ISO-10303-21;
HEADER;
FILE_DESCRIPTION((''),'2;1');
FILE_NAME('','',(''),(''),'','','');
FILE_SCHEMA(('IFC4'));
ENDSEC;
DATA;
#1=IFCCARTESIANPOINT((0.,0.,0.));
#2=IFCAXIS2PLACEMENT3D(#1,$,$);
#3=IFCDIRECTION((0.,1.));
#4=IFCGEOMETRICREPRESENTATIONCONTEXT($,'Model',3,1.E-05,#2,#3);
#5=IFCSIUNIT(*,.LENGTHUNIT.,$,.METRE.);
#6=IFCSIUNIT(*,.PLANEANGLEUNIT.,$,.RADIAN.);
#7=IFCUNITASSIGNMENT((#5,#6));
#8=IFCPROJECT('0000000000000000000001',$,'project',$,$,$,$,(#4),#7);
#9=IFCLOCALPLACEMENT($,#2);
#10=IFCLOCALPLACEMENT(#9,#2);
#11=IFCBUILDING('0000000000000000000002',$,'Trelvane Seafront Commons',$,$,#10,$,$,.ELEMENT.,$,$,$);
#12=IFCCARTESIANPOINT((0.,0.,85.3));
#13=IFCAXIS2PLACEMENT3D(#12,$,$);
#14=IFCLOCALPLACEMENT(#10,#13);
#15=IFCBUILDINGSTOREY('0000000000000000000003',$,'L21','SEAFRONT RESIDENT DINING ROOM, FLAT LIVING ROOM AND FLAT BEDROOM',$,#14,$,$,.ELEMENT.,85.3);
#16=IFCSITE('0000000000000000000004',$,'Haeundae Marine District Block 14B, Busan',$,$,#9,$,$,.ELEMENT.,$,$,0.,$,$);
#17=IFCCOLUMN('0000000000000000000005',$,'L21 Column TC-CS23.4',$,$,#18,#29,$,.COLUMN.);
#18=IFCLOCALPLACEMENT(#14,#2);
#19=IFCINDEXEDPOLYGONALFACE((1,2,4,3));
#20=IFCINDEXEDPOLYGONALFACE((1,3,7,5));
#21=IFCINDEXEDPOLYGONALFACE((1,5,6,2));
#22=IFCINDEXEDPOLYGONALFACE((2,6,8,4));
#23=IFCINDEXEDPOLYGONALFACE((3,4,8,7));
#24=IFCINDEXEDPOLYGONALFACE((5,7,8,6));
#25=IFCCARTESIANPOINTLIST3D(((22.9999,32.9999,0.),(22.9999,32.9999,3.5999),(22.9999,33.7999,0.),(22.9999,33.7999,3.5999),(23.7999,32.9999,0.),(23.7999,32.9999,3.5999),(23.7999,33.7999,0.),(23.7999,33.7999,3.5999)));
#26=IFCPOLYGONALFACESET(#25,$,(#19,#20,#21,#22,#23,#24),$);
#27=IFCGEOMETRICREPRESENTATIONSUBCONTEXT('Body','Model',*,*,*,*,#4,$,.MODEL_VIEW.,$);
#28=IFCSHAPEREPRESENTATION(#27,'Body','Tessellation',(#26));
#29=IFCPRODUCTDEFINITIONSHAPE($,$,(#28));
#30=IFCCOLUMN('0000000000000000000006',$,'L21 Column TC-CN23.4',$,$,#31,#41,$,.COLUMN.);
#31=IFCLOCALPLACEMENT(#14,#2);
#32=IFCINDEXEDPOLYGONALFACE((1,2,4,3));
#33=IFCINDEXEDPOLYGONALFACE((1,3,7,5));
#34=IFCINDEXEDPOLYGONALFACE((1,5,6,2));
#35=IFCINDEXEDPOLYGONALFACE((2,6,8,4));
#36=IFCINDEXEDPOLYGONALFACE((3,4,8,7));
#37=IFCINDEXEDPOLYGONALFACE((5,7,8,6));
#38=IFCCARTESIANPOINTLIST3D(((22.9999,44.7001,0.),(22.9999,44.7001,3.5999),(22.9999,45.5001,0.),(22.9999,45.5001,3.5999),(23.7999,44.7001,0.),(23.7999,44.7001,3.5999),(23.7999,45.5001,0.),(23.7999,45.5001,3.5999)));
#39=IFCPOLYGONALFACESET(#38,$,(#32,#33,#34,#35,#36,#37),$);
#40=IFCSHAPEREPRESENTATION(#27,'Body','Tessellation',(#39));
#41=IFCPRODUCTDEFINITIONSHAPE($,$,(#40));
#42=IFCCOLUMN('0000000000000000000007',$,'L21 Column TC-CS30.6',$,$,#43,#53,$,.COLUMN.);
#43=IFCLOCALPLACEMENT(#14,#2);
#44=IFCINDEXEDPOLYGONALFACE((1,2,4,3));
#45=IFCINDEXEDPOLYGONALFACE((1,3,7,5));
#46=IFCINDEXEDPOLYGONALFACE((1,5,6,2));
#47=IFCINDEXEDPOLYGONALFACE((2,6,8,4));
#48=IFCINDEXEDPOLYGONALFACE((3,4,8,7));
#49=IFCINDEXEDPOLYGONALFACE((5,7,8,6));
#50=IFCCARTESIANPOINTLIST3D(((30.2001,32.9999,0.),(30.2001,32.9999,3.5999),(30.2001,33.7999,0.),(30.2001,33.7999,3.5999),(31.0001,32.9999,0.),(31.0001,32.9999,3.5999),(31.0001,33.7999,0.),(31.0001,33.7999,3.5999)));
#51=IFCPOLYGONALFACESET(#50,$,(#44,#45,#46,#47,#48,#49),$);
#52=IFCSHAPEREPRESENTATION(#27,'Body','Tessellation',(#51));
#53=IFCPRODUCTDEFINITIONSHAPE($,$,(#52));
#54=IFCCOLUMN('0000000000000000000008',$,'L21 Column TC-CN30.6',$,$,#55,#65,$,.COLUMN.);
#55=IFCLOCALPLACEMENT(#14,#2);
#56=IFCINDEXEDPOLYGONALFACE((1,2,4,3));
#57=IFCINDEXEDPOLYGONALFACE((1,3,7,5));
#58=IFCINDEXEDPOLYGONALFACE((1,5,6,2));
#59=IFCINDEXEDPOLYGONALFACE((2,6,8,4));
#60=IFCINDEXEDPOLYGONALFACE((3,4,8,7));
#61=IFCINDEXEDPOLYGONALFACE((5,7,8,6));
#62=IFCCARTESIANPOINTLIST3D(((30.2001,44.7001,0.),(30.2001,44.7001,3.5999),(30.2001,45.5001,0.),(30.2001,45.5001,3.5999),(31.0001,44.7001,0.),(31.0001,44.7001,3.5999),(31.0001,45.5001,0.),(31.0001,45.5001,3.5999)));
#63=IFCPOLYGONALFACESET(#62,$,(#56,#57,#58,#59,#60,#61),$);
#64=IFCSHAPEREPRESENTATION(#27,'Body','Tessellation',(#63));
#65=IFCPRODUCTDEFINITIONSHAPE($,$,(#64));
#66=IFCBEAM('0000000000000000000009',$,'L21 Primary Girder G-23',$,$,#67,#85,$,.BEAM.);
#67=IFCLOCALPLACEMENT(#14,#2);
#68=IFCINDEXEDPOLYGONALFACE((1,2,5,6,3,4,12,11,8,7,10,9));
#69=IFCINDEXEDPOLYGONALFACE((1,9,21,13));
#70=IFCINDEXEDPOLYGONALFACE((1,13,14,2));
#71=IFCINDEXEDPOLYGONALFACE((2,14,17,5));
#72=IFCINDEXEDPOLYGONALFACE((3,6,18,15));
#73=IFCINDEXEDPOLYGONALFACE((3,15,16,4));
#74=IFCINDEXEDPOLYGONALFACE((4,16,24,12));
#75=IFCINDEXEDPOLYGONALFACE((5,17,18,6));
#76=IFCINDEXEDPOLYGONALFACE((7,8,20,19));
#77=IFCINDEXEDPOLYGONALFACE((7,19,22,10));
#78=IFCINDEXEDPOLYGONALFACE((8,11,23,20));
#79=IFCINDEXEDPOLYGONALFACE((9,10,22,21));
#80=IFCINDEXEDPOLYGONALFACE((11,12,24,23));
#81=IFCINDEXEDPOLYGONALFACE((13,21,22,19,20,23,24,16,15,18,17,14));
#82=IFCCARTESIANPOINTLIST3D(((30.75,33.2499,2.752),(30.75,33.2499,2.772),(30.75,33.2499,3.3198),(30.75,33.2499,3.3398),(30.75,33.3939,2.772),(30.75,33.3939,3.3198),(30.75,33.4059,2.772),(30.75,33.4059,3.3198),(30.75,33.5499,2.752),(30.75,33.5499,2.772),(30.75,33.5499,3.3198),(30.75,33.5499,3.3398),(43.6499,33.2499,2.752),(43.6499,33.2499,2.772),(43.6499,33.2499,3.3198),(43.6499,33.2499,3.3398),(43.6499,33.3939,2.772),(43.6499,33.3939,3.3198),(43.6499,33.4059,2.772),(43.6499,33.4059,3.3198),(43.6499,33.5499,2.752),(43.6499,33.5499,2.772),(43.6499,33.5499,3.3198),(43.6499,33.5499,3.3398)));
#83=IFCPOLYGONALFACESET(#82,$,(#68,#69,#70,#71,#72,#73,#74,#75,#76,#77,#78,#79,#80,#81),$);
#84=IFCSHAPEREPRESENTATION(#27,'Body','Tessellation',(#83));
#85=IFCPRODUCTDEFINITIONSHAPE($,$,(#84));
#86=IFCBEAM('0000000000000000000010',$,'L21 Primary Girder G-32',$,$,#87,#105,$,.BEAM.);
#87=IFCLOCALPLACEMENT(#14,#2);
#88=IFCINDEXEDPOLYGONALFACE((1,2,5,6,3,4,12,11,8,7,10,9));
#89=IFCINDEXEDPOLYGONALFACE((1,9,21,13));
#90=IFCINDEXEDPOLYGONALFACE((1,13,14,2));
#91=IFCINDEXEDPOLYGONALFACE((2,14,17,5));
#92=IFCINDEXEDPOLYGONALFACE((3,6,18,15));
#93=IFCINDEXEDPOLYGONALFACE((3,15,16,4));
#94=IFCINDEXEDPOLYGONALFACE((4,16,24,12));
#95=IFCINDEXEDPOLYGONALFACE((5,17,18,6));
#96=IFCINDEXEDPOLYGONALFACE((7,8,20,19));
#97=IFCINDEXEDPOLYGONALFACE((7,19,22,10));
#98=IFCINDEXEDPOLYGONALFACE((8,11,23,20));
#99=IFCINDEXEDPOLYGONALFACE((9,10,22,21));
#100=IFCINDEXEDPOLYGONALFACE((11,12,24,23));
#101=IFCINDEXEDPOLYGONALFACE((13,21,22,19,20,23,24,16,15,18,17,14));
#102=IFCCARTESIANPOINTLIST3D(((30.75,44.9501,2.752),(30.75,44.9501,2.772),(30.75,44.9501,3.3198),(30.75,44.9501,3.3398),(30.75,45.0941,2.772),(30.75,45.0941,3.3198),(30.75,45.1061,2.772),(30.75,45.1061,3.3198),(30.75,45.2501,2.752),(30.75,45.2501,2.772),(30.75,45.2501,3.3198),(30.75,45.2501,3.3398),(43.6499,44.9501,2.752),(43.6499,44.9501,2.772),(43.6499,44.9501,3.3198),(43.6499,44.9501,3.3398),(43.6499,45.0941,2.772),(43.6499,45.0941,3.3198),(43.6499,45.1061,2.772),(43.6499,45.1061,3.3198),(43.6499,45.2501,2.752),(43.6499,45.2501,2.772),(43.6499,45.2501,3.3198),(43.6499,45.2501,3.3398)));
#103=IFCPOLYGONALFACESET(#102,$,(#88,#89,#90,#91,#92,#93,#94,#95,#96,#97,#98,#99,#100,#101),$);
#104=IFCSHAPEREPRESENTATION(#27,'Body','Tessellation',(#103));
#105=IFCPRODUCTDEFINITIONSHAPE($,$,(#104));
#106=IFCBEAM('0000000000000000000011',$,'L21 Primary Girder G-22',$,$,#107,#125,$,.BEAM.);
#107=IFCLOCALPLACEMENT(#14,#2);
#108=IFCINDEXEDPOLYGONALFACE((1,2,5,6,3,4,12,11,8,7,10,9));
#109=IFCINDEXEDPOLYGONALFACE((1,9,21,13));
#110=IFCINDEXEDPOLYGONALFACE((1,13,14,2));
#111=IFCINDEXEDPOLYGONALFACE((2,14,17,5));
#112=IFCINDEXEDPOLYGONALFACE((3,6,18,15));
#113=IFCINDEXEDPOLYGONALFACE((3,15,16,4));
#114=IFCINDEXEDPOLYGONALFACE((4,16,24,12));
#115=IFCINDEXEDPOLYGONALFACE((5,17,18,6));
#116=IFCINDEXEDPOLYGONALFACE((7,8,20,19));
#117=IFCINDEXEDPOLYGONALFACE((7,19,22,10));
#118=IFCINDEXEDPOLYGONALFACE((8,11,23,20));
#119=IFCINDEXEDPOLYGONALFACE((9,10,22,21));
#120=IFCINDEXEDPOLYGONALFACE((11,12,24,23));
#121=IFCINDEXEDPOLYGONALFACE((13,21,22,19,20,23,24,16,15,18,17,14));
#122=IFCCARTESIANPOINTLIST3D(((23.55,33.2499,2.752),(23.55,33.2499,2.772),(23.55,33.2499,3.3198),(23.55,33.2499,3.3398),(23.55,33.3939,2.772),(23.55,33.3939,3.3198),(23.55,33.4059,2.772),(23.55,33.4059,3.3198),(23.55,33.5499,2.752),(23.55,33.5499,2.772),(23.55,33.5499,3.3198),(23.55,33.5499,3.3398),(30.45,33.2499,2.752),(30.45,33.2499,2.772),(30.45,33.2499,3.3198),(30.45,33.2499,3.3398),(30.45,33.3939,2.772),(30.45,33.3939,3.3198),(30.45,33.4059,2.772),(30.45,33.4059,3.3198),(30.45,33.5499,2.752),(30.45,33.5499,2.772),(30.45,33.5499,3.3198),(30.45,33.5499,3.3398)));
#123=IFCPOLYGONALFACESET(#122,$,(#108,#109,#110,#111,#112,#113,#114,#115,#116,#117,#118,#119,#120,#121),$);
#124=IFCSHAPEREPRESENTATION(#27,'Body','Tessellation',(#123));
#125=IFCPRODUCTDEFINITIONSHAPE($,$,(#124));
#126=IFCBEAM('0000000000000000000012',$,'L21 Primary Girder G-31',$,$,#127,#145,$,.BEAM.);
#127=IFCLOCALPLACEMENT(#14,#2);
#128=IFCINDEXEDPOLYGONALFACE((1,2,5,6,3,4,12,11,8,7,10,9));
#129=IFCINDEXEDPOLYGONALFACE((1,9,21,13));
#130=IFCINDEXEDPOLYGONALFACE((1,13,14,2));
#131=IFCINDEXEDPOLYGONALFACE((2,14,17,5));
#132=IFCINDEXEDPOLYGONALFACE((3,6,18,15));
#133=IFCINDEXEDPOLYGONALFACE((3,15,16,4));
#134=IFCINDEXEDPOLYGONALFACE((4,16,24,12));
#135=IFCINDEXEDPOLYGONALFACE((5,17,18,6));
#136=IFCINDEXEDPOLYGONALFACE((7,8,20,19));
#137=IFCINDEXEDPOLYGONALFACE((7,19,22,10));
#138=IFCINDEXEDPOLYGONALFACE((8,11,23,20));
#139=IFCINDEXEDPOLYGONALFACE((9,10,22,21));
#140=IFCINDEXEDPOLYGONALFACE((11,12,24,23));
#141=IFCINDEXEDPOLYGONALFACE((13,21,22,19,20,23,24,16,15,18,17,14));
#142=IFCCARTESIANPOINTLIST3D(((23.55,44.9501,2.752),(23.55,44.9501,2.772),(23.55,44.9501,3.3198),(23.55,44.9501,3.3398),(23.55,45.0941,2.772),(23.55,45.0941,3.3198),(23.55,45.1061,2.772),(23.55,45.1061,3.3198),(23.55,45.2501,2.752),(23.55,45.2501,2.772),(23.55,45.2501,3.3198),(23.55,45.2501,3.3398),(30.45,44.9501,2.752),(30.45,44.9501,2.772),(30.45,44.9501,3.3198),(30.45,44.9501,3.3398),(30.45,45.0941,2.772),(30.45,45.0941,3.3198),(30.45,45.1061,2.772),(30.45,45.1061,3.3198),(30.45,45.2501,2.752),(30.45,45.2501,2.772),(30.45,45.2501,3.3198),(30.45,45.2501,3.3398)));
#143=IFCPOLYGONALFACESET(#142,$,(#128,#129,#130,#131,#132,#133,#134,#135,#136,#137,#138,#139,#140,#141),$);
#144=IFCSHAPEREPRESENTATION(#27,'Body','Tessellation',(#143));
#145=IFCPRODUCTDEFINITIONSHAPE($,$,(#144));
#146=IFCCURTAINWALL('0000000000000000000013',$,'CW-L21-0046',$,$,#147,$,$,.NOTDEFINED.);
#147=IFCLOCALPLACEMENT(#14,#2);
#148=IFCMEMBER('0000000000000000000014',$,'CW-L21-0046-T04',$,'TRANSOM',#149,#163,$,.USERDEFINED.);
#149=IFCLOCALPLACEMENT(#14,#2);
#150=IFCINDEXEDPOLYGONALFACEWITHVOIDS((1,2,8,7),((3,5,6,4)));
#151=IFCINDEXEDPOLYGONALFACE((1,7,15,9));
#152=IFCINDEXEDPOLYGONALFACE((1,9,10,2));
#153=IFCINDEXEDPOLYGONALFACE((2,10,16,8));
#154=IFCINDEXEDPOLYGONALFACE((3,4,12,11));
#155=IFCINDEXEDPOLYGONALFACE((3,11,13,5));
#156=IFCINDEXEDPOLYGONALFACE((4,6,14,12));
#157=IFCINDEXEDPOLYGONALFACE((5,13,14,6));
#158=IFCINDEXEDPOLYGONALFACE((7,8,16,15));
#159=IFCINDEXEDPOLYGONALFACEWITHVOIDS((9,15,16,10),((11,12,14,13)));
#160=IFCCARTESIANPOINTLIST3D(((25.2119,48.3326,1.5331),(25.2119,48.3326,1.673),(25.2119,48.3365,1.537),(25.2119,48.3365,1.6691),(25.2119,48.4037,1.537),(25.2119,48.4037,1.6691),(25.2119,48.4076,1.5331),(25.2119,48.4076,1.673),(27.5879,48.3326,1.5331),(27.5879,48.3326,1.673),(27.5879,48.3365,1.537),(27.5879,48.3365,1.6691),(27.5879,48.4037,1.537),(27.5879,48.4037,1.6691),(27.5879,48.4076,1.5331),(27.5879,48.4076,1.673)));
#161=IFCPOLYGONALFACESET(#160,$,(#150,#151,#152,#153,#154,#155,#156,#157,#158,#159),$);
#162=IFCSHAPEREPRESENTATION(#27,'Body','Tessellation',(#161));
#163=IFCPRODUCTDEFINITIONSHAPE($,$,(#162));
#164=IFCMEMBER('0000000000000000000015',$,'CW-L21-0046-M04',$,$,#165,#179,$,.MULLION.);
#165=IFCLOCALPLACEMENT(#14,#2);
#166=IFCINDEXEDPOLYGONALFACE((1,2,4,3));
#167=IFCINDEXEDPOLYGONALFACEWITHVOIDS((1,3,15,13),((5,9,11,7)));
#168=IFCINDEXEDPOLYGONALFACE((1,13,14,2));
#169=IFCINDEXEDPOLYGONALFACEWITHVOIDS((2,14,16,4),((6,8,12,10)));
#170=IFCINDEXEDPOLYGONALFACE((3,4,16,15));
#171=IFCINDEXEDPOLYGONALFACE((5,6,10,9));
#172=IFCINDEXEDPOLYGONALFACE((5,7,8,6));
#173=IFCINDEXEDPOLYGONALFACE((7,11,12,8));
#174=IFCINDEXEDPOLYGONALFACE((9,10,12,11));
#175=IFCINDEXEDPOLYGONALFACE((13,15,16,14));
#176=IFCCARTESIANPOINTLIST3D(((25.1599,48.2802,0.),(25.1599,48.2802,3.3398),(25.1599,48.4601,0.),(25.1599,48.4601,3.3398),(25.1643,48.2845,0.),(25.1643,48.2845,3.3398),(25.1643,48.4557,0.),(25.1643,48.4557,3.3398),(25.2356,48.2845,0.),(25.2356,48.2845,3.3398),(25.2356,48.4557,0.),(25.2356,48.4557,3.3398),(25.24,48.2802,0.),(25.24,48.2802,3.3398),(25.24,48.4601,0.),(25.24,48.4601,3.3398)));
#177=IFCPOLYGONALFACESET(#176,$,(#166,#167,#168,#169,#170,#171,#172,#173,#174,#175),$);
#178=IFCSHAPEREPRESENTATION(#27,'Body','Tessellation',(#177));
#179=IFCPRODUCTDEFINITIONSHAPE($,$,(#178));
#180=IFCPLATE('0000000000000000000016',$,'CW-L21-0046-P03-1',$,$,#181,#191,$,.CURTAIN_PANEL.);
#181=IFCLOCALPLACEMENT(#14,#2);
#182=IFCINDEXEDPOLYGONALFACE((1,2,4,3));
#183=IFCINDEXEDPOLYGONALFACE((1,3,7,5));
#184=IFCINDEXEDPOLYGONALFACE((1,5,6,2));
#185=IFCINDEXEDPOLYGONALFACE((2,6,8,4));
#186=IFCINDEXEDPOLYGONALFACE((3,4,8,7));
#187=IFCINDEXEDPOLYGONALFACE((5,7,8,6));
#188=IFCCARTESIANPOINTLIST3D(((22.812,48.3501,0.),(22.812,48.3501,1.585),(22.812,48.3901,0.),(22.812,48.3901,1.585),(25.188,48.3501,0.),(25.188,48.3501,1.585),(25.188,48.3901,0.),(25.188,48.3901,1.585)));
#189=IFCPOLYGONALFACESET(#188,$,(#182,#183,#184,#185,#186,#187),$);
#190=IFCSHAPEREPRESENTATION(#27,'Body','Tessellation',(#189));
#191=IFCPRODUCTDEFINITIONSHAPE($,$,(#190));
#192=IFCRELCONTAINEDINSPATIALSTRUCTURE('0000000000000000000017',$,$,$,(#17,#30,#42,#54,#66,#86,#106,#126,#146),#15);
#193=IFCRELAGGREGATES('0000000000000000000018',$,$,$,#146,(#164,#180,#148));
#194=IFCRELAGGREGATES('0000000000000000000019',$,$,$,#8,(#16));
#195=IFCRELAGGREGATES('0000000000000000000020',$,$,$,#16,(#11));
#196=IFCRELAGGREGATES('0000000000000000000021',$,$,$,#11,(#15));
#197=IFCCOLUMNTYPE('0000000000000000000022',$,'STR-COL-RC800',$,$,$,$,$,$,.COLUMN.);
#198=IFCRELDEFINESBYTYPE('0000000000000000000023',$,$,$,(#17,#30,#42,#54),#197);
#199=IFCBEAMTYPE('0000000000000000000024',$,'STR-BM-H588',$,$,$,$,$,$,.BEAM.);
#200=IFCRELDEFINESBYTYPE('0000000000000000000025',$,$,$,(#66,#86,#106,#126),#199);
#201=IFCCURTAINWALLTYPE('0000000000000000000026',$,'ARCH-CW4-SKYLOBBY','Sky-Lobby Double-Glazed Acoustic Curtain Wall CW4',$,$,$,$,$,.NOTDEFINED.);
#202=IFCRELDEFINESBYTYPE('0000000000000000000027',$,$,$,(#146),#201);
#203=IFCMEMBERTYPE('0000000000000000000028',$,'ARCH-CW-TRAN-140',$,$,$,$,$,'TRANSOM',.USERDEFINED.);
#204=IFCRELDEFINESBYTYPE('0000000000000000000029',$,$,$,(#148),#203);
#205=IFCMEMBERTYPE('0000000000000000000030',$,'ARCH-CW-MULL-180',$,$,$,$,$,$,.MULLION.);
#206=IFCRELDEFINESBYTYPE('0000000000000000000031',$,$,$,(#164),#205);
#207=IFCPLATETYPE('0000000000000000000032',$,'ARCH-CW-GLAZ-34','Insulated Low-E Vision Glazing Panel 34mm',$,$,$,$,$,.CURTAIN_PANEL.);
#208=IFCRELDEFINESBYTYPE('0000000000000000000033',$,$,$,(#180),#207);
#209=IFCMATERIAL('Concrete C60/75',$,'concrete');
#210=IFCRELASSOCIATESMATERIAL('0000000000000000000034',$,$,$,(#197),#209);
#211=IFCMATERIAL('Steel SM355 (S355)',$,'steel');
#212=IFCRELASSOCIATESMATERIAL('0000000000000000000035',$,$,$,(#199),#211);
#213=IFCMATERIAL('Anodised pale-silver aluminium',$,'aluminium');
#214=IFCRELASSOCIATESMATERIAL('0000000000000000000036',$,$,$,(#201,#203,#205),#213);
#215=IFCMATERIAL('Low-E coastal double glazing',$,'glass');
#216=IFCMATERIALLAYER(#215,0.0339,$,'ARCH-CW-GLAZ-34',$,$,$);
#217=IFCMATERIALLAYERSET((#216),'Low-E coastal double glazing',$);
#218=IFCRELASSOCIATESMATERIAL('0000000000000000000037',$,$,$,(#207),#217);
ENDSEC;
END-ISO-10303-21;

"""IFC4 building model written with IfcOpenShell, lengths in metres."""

from ifc_helpers import new_model, si_unit, direction, frame, origin, origin_2d, place, context, subcontext, project, spatial, rectangle, hollow_rectangle, i_section, extrude, source, transform, mapped, material, layer, layer_set, material_profile, profile_set, type_object, element, aggregate, save


model = new_model("IFC4")

# Units and contexts
model_context = context("Model", 3, precision=1e-05, world=origin(), true_north=direction((0.0, 1.0)))
body_context = subcontext(model_context, "Body", "Model", "MODEL_VIEW")
ifc_project = project(units=[si_unit("LENGTHUNIT", "METRE"), si_unit("PLANEANGLEUNIT", "RADIAN")], contexts=[model_context])

# Site, building, storey
site_placement = place(None, origin())
site = spatial("IfcSite", under=ifc_project, at=site_placement, Name="Haeundae Marine District Block 14B, Busan", CompositionType="ELEMENT", RefElevation=0.0)
building_placement = place(site_placement, origin())
building = spatial("IfcBuilding", under=site, at=building_placement, Name="Trelvane Seafront Commons", CompositionType="ELEMENT")
storey_placement = place(building_placement, frame((0.0, 0.0, 85.3)))
storey = spatial("IfcBuildingStorey", under=building, at=storey_placement, Name="L21", Description="SEAFRONT RESIDENT DINING ROOM, FLAT LIVING ROOM AND FLAT BEDROOM", CompositionType="ELEMENT", Elevation=85.3)

# Columns
ifc_material_1 = material(Name="Concrete C60/75", Category="concrete")
ifc_material_profile_1 = material_profile(ifc_material_1, rectangle(XDim=0.8, YDim=0.8, at=origin_2d()), Name="RC-800x800")
ifc_profile_set_1 = profile_set([ifc_material_profile_1], Name="Concrete C60/75")
column_type = type_object("IfcColumnType", Name="STR-COL-RC800", PredefinedType="COLUMN", material=ifc_profile_set_1)
shared_shape_1 = source(origin(), body_context, "Body", "SweptSolid", [
    extrude(rectangle(XDim=0.8, YDim=0.8, at=origin_2d()), origin(), (0.0, 0.0, 1.0), 3.5999),
])
for number, where, z_axis, x_axis, name in (
    (1, (23.3999, 33.3999, 0.0), (0.0, 0.0, 1.0), (1.0, 0.0, 0.0), "L21 Column TC-CS23.4"),
    (2, (23.3999, 45.1001, 0.0), (0.0, 0.0, 1.0), (1.0, 0.0, 0.0), "L21 Column TC-CN23.4"),
    (3, (30.6001, 33.3999, 0.0), (0.0, 0.0, 1.0), (1.0, 0.0, 0.0), "L21 Column TC-CS30.6"),
    (4, (30.6001, 45.1001, 0.0), (0.0, 0.0, 1.0), (1.0, 0.0, 0.0), "L21 Column TC-CN30.6"),
):
    element("IfcColumn", number, at=place(storey_placement, frame(where, z_axis=z_axis, x_axis=x_axis)), inside=storey, type_object=column_type, Name=name, PredefinedType="COLUMN", context=body_context, shape_type="MappedRepresentation", body=[
        mapped(shared_shape_1, transform((0.0, 0.0, 0.0), x_axis=(1.0, 0.0, 0.0), y_axis=(0.0, 1.0, 0.0), z_axis=(0.0, 0.0, 1.0), scale=1.0)),
    ])

# Beams
ifc_material_2 = material(Name="Steel SM355 (S355)", Category="steel")
ifc_material_profile_2 = material_profile(ifc_material_2, i_section(OverallWidth=0.3, OverallDepth=0.5879, WebThickness=0.012, FlangeThickness=0.02, at=origin_2d()), Name="H-588x300x12x20")
ifc_profile_set_2 = profile_set([ifc_material_profile_2], Name="Steel SM355 (S355)")
beam_type = type_object("IfcBeamType", Name="STR-BM-H588", PredefinedType="BEAM", material=ifc_profile_set_2)
shared_shape_2 = source(origin(), body_context, "Body", "SweptSolid", [
    extrude(i_section(OverallWidth=0.3, OverallDepth=0.5879, WebThickness=0.012, FlangeThickness=0.02, at=origin_2d()), origin(), (0.0, 0.0, 1.0), 12.8999),
])
for number, where, z_axis, x_axis, name in (
    (5, (30.75, 33.3999, 3.0459), (1.0, 0.0, 0.0), (0.0, 1.0, 0.0), "L21 Primary Girder G-23"),
    (6, (30.75, 45.1001, 3.0459), (1.0, 0.0, 0.0), (0.0, 1.0, 0.0), "L21 Primary Girder G-32"),
):
    element("IfcBeam", number, at=place(storey_placement, frame(where, z_axis=z_axis, x_axis=x_axis)), inside=storey, type_object=beam_type, Name=name, PredefinedType="BEAM", context=body_context, shape_type="MappedRepresentation", body=[
        mapped(shared_shape_2, transform((0.0, 0.0, 0.0), x_axis=(1.0, 0.0, 0.0), y_axis=(0.0, 1.0, 0.0), z_axis=(0.0, 0.0, 1.0), scale=1.0)),
    ])
shared_shape_3 = source(origin(), body_context, "Body", "SweptSolid", [
    extrude(i_section(OverallWidth=0.3, OverallDepth=0.5879, WebThickness=0.012, FlangeThickness=0.02, at=origin_2d()), origin(), (0.0, 0.0, 1.0), 6.8999),
])
for number, where, z_axis, x_axis, name in (
    (7, (23.55, 33.3999, 3.0459), (1.0, 0.0, 0.0), (0.0, 1.0, 0.0), "L21 Primary Girder G-22"),
    (8, (23.55, 45.1001, 3.0459), (1.0, 0.0, 0.0), (0.0, 1.0, 0.0), "L21 Primary Girder G-31"),
):
    element("IfcBeam", number, at=place(storey_placement, frame(where, z_axis=z_axis, x_axis=x_axis)), inside=storey, type_object=beam_type, Name=name, PredefinedType="BEAM", context=body_context, shape_type="MappedRepresentation", body=[
        mapped(shared_shape_3, transform((0.0, 0.0, 0.0), x_axis=(1.0, 0.0, 0.0), y_axis=(0.0, 1.0, 0.0), z_axis=(0.0, 0.0, 1.0), scale=1.0)),
    ])

# Curtain wall, members, plate
ifc_material_3 = material(Name="Anodised pale-silver aluminium", Category="aluminium")
curtain_wall_type = type_object("IfcCurtainWallType", Name="ARCH-CW4-SKYLOBBY", Description="Sky-Lobby Double-Glazed Acoustic Curtain Wall CW4", PredefinedType="NOTDEFINED", material=ifc_material_3)
curtain_wall_placement = place(storey_placement, origin())
curtain_wall = element("IfcCurtainWall", 9, at=curtain_wall_placement, inside=storey, type_object=curtain_wall_type, Name="CW-L21-0046", PredefinedType="NOTDEFINED")
ifc_material_profile_3 = material_profile(ifc_material_3, hollow_rectangle(XDim=0.075, YDim=0.1399, WallThickness=0.0039, at=origin_2d()), Name="TRAN-75x140x4")
ifc_profile_set_3 = profile_set([ifc_material_profile_3], Name="Anodised pale-silver aluminium")
member_type_1 = type_object("IfcMemberType", Name="ARCH-CW-TRAN-140", ElementType="TRANSOM", PredefinedType="USERDEFINED", material=ifc_profile_set_3)
shared_shape_4 = source(origin(), body_context, "Body", "SweptSolid", [
    extrude(hollow_rectangle(XDim=0.075, YDim=0.1399, WallThickness=0.0039, at=origin_2d()), origin(), (0.0, 0.0, 1.0), 2.376),
])
member_1_placement = place(storey_placement, frame((25.2119, 48.3701, 1.603), z_axis=(1.0, 0.0, 0.0), x_axis=(0.0, 1.0, 0.0)))
member_1 = element("IfcMember", 10, at=member_1_placement, type_object=member_type_1, Name="CW-L21-0046-T04", ObjectType="TRANSOM", PredefinedType="USERDEFINED", context=body_context, shape_type="MappedRepresentation", body=[
    mapped(shared_shape_4, transform((0.0, 0.0, 0.0), x_axis=(1.0, 0.0, 0.0), y_axis=(0.0, 1.0, 0.0), z_axis=(0.0, 0.0, 1.0), scale=1.0)),
])
ifc_material_profile_4 = material_profile(ifc_material_3, hollow_rectangle(XDim=0.0801, YDim=0.1799, WallThickness=0.0044, at=origin_2d()), Name="MULL-80x180x4.5")
ifc_profile_set_4 = profile_set([ifc_material_profile_4], Name="Anodised pale-silver aluminium")
member_type_2 = type_object("IfcMemberType", Name="ARCH-CW-MULL-180", PredefinedType="MULLION", material=ifc_profile_set_4)
shared_shape_5 = source(origin(), body_context, "Body", "SweptSolid", [
    extrude(hollow_rectangle(XDim=0.0801, YDim=0.1799, WallThickness=0.0044, at=origin_2d()), origin(), (0.0, 0.0, 1.0), 3.3398),
])
member_2_placement = place(storey_placement, frame((25.2, 48.3701, 0.0), z_axis=(0.0, 0.0, 1.0), x_axis=(1.0, 0.0, 0.0)))
member_2 = element("IfcMember", 11, at=member_2_placement, type_object=member_type_2, Name="CW-L21-0046-M04", PredefinedType="MULLION", context=body_context, shape_type="MappedRepresentation", body=[
    mapped(shared_shape_5, transform((0.0, 0.0, 0.0), x_axis=(1.0, 0.0, 0.0), y_axis=(0.0, 1.0, 0.0), z_axis=(0.0, 0.0, 1.0), scale=1.0)),
])
ifc_material_4 = material(Name="Low-E coastal double glazing", Category="glass")
ifc_layer_1 = layer(ifc_material_4, 0.0339, Name="ARCH-CW-GLAZ-34")
ifc_layer_set_1 = layer_set([ifc_layer_1], Name="Low-E coastal double glazing")
plate_type = type_object("IfcPlateType", Name="ARCH-CW-GLAZ-34", Description="Insulated Low-E Vision Glazing Panel 34mm", PredefinedType="CURTAIN_PANEL", material=ifc_layer_set_1)
shared_shape_6 = source(origin(), body_context, "Body", "SweptSolid", [
    extrude(rectangle(XDim=2.376, YDim=0.04, at=origin_2d()), origin(), (0.0, 0.0, 1.0), 1.585),
])
plate_1_placement = place(storey_placement, frame((24.0, 48.3701, 0.0), z_axis=(0.0, 0.0, 1.0), x_axis=(1.0, 0.0, 0.0)))
plate_1 = element("IfcPlate", 12, at=plate_1_placement, type_object=plate_type, Name="CW-L21-0046-P03-1", PredefinedType="CURTAIN_PANEL", context=body_context, shape_type="MappedRepresentation", body=[
    mapped(shared_shape_6, transform((0.0, 0.0, 0.0), x_axis=(1.0, 0.0, 0.0), y_axis=(0.0, 1.0, 0.0), z_axis=(0.0, 0.0, 1.0), scale=1.0)),
])
aggregate(curtain_wall, [member_2, plate_1, member_1])

save(model, "model.ifc")
